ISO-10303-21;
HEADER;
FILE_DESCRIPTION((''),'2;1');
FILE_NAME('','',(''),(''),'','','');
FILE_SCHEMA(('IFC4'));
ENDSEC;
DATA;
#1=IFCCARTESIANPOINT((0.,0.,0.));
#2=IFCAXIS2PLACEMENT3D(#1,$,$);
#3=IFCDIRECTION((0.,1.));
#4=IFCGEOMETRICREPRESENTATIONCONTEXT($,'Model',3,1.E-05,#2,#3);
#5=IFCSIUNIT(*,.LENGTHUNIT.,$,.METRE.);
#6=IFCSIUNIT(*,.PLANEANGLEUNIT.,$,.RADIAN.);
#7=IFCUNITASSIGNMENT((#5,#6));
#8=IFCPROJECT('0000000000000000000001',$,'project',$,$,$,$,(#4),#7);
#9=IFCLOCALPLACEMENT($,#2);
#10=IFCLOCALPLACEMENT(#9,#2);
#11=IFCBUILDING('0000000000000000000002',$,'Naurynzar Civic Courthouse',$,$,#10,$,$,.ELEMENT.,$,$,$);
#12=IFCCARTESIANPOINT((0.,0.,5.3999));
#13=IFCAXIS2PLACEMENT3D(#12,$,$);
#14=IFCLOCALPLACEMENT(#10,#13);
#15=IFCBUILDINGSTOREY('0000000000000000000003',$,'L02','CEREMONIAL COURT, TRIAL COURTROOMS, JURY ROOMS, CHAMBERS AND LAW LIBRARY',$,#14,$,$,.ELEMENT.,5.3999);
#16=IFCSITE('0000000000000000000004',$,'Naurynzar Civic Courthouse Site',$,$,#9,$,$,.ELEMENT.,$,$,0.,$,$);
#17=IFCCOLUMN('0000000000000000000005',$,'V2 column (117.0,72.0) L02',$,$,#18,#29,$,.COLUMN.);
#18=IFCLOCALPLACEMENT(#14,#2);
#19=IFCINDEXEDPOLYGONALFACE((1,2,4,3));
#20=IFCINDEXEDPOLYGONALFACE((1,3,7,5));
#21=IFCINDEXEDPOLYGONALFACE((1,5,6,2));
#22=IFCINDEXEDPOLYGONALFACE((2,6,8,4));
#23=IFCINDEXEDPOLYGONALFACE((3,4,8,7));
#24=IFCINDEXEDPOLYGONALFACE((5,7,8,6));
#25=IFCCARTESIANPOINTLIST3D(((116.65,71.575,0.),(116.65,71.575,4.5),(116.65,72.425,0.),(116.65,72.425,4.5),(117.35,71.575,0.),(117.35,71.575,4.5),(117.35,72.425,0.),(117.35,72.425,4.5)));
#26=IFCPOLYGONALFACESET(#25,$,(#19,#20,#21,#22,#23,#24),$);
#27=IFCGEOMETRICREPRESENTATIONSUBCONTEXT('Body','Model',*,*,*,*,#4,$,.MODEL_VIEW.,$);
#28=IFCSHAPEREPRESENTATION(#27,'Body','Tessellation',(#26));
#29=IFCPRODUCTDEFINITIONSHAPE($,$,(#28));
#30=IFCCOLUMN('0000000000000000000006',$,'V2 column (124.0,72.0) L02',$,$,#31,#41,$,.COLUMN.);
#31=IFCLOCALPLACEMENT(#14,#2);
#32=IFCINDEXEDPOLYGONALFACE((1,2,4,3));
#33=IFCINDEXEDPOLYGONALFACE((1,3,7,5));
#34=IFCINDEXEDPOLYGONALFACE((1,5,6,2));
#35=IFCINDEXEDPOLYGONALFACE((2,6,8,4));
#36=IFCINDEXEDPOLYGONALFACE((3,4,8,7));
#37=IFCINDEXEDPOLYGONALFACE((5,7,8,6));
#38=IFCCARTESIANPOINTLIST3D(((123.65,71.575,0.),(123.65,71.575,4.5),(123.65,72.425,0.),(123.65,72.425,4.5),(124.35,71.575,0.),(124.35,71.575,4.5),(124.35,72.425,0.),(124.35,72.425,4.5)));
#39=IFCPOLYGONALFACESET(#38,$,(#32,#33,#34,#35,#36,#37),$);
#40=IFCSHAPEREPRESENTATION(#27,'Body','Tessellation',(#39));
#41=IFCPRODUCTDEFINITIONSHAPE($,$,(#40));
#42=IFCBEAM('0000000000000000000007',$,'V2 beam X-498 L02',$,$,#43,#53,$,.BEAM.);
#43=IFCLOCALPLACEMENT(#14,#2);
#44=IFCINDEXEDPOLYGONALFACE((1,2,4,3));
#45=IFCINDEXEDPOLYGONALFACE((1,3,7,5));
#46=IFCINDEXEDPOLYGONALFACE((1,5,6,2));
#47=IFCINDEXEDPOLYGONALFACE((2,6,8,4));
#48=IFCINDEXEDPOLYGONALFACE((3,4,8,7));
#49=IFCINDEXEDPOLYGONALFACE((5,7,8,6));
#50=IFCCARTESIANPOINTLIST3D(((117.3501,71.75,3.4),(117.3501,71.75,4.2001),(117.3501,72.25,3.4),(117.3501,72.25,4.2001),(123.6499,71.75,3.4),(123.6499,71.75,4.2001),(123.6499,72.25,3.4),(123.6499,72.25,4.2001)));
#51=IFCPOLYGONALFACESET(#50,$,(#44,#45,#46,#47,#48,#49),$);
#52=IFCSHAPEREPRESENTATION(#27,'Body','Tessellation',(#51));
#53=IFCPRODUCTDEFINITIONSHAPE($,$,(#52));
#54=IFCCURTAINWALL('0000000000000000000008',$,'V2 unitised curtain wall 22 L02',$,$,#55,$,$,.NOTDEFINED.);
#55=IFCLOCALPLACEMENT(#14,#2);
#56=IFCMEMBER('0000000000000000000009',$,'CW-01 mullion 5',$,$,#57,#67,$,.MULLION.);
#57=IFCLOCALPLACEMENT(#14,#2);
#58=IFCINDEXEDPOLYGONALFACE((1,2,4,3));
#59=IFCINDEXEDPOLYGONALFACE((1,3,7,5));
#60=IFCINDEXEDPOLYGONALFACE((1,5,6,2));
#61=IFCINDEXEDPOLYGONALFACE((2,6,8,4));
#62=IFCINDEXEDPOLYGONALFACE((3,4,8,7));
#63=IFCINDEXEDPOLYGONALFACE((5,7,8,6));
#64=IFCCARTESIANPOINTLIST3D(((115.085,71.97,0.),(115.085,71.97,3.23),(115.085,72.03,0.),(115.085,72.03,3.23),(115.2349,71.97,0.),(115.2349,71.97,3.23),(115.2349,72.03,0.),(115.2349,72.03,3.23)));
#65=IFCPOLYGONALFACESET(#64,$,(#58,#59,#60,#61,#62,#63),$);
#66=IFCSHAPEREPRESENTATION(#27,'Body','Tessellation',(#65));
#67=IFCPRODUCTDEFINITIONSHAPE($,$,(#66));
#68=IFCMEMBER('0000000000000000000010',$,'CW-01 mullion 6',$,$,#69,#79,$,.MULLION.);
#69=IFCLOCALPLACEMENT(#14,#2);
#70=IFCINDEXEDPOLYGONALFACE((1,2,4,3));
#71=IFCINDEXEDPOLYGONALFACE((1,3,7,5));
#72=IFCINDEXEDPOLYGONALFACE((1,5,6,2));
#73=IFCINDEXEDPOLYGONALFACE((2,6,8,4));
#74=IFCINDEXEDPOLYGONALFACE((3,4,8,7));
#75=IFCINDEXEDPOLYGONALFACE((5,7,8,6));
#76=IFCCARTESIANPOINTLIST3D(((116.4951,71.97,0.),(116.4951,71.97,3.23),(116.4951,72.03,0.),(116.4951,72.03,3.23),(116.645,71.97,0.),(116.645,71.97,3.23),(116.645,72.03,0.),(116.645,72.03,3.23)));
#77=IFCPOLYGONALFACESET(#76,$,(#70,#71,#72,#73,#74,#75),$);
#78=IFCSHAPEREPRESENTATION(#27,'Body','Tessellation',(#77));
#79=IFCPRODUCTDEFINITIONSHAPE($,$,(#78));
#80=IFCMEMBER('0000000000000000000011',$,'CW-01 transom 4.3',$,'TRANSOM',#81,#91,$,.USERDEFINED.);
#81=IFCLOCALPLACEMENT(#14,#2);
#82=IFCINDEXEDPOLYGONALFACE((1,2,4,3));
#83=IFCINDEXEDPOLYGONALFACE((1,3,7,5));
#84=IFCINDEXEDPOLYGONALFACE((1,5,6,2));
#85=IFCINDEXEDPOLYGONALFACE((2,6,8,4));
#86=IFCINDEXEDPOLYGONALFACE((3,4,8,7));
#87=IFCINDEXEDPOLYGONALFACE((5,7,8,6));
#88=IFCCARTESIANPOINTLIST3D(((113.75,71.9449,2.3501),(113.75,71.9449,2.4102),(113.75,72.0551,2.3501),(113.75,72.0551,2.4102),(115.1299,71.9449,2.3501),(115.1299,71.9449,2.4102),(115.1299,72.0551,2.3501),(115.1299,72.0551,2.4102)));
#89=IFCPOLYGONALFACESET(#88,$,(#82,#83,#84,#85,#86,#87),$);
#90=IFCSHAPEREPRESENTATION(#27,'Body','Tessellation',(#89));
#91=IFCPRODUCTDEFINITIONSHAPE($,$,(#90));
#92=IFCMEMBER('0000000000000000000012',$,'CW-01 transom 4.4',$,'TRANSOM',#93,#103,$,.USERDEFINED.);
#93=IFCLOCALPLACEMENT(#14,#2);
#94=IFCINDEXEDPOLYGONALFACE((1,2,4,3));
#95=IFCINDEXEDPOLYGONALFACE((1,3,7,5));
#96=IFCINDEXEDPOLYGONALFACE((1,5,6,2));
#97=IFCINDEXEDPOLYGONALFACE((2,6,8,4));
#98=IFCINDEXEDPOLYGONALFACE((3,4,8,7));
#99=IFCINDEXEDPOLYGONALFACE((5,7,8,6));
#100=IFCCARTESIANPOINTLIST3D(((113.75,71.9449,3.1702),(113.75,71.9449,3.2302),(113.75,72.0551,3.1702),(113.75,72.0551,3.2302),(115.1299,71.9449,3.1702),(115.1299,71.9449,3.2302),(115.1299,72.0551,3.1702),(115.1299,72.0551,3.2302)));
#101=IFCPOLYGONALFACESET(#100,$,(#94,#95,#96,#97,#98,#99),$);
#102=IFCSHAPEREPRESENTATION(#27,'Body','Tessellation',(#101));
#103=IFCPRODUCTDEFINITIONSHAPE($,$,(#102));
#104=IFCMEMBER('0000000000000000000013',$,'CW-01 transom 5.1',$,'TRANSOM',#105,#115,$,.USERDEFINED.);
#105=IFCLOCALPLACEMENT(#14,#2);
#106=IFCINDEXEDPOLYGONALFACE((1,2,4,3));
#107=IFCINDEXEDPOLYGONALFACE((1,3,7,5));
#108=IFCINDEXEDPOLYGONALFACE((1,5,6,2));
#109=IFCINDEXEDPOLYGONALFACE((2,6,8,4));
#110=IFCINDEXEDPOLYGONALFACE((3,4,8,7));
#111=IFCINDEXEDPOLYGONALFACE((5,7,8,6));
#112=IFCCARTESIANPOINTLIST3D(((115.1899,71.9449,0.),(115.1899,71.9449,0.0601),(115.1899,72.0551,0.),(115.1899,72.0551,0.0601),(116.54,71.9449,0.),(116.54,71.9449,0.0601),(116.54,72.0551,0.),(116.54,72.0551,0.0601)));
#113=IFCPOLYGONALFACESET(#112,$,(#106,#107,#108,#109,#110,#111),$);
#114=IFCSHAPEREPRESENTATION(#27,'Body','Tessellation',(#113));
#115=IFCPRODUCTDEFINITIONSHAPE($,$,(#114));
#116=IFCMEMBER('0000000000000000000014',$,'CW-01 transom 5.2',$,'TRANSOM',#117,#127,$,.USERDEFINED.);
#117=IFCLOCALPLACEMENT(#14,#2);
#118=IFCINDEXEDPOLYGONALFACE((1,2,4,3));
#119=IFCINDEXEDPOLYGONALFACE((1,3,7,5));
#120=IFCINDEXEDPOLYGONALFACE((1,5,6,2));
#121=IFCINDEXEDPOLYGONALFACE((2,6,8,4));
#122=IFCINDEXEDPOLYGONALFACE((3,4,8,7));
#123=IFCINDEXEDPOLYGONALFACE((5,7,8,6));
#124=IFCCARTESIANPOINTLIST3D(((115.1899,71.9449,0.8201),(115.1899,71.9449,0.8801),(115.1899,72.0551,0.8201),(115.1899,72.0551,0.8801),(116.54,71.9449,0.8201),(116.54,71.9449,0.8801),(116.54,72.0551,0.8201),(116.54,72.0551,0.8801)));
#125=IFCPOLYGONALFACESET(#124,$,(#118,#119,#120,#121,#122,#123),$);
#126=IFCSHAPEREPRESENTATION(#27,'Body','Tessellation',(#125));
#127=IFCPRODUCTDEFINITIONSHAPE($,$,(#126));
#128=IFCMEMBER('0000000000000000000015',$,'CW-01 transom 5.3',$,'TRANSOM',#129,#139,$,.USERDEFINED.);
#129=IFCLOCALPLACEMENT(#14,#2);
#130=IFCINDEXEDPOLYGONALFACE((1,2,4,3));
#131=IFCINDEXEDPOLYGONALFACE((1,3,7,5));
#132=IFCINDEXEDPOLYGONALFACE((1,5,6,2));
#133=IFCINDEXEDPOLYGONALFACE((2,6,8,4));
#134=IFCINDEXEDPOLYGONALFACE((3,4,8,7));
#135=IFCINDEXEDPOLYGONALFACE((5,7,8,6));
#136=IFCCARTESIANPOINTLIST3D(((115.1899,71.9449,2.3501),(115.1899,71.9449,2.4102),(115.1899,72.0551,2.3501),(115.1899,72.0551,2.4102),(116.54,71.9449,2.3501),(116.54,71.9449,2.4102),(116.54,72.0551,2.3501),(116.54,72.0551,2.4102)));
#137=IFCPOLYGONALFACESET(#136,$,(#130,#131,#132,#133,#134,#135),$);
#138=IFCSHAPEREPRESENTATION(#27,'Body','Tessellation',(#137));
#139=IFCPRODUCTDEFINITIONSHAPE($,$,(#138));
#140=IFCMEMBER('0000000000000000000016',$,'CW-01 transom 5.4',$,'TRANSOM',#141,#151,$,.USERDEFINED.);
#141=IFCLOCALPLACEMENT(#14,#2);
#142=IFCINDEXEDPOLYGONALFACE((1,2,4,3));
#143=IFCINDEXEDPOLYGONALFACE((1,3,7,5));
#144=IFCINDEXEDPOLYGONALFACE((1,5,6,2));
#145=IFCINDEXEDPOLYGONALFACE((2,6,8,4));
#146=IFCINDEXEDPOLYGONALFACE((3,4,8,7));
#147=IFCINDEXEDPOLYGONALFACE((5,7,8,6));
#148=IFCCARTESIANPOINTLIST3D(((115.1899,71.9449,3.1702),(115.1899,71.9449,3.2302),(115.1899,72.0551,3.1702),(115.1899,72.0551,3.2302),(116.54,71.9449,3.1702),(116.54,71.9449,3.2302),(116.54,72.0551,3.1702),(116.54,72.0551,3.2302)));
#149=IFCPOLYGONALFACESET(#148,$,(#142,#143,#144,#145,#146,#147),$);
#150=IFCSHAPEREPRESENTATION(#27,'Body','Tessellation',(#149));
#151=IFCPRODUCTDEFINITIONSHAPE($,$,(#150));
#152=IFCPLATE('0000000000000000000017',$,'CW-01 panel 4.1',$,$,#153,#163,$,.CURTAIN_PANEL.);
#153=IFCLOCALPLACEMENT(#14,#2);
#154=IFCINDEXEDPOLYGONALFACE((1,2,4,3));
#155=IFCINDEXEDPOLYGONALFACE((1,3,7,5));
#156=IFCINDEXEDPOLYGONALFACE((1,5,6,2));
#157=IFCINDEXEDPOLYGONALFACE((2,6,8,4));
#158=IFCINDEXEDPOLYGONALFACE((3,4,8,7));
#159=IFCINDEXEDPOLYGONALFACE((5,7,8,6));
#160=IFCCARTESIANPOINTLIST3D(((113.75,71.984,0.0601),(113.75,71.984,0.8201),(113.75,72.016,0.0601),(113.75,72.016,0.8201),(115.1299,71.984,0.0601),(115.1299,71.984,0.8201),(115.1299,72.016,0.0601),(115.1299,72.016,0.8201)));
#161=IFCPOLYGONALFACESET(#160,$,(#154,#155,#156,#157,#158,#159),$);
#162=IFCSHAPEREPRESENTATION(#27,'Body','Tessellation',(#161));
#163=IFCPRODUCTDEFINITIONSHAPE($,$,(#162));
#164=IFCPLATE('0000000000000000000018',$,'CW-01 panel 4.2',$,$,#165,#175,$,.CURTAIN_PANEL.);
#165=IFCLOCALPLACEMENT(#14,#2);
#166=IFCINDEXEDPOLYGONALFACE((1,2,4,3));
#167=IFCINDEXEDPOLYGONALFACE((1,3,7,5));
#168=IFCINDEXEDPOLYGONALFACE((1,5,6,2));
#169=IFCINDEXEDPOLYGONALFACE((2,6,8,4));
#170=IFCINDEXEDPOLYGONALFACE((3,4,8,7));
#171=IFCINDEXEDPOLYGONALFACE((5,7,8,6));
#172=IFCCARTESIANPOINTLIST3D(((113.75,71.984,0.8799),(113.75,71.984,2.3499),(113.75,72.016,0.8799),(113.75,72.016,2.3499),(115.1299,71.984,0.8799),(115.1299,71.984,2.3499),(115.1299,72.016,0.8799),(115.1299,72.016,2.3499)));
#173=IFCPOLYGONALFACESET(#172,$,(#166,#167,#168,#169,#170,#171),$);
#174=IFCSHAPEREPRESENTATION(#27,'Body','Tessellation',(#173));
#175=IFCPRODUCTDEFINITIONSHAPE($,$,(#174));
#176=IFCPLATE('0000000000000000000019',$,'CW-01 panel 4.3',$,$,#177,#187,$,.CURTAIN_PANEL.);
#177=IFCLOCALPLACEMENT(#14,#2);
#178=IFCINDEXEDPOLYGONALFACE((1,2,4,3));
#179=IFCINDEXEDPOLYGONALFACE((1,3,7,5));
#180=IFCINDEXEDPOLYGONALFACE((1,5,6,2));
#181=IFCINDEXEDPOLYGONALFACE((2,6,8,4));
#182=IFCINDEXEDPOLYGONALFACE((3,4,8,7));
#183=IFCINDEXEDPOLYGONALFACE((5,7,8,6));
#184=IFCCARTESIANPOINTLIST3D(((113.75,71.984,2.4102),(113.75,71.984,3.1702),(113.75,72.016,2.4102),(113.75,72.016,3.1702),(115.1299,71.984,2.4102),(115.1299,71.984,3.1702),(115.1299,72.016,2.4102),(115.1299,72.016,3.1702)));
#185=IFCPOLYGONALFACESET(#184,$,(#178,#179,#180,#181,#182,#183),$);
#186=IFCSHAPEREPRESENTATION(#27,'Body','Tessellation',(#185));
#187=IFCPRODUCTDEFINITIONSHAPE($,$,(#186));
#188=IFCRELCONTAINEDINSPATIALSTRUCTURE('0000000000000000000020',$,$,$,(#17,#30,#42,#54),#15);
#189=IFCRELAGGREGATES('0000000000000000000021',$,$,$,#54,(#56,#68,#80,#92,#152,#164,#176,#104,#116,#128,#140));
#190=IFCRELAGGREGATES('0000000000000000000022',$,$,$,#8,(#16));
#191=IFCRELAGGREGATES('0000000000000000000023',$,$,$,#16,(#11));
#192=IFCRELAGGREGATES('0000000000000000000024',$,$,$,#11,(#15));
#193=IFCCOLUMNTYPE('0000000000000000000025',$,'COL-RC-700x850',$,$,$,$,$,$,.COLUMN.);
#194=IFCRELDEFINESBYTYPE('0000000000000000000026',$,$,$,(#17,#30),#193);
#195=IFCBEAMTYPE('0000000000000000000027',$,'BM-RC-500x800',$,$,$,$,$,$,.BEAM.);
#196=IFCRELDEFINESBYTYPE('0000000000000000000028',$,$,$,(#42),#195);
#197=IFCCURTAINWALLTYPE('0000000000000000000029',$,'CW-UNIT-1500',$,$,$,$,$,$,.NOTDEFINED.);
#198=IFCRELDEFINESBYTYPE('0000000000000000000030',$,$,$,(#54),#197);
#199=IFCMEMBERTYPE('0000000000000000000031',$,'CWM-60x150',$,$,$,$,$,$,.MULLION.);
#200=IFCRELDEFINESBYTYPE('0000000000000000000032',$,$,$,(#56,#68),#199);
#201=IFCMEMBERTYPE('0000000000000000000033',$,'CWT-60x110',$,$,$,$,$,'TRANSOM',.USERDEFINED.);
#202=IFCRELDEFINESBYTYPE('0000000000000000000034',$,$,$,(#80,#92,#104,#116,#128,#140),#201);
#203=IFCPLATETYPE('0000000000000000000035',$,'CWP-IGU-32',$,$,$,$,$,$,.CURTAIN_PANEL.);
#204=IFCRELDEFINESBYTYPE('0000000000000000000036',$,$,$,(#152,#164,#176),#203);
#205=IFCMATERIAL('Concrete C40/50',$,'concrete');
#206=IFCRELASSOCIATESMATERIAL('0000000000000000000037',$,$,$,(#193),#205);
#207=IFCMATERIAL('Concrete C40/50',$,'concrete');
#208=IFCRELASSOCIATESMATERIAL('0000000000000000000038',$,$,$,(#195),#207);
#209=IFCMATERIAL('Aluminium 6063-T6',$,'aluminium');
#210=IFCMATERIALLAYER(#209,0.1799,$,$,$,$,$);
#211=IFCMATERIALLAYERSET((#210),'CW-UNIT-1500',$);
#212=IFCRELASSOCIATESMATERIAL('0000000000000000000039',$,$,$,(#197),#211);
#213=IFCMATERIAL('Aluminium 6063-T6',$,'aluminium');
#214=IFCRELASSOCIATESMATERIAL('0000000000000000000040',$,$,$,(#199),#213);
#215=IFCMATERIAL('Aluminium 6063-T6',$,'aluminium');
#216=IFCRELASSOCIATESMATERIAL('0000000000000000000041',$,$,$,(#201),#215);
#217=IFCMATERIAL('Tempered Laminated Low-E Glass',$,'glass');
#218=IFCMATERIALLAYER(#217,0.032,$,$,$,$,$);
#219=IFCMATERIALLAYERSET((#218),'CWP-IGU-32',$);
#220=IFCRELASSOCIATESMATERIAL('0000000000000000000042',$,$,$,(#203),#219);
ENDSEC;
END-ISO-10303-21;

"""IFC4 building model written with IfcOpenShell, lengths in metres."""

from ifc_helpers import new_model, si_unit, direction, frame, origin, origin_2d, place, context, subcontext, project, spatial, rectangle, extrude, material, layer, layer_set, material_profile, profile_set, type_object, element, aggregate, save


model = new_model("IFC4")

# Units and contexts
model_context = context("Model", 3, precision=1e-05, world=origin(), true_north=direction((0.0, 1.0)))
body_context = subcontext(model_context, "Body", "Model", "MODEL_VIEW")
ifc_project = project(units=[si_unit("LENGTHUNIT", "METRE"), si_unit("PLANEANGLEUNIT", "RADIAN")], contexts=[model_context])

# Site, building, storey
site_placement = place(None, origin())
site = spatial("IfcSite", under=ifc_project, at=site_placement, Name="Naurynzar Civic Courthouse Site", CompositionType="ELEMENT", RefElevation=0.0)
building_placement = place(site_placement, origin())
building = spatial("IfcBuilding", under=site, at=building_placement, Name="Naurynzar Civic Courthouse", CompositionType="ELEMENT")
storey_placement = place(building_placement, frame((0.0, 0.0, 5.3999)))
storey = spatial("IfcBuildingStorey", under=building, at=storey_placement, Name="L02", Description="CEREMONIAL COURT, TRIAL COURTROOMS, JURY ROOMS, CHAMBERS AND LAW LIBRARY", CompositionType="ELEMENT", Elevation=5.3999)

# Columns
ifc_material_1 = material(Name="Concrete C40/50", Category="concrete")
ifc_material_profile_1 = material_profile(ifc_material_1, rectangle(XDim=0.7, YDim=0.8501, at=origin_2d()), Name="RC 700x850")
ifc_profile_set_1 = profile_set([ifc_material_profile_1], Name="Concrete C40/50")
column_type = type_object("IfcColumnType", Name="COL-RC-700x850", PredefinedType="COLUMN", material=ifc_profile_set_1)
for number, where, z_axis, x_axis, name in (
    (1, (117.0, 72.0, 0.0), (0.0, 0.0, 1.0), (1.0, 0.0, 0.0), "V2 column (117.0,72.0) L02"),
    (2, (124.0, 72.0, 0.0), (0.0, 0.0, 1.0), (1.0, 0.0, 0.0), "V2 column (124.0,72.0) L02"),
):
    element("IfcColumn", number, at=place(storey_placement, frame(where, z_axis=z_axis, x_axis=x_axis)), inside=storey, type_object=column_type, Name=name, PredefinedType="COLUMN", context=body_context, shape_type="SweptSolid", body=[
        extrude(rectangle(XDim=0.7, YDim=0.8501, at=origin_2d()), origin(), (0.0, 0.0, 1.0), 4.5),
    ])

# Beam
ifc_material_2 = material(Name="Concrete C40/50", Category="concrete")
ifc_material_profile_2 = material_profile(ifc_material_2, rectangle(XDim=0.5, YDim=0.8, at=origin_2d()), Name="RCB 500x800")
ifc_profile_set_2 = profile_set([ifc_material_profile_2], Name="Concrete C40/50")
beam_type = type_object("IfcBeamType", Name="BM-RC-500x800", PredefinedType="BEAM", material=ifc_profile_set_2)
beam_placement = place(storey_placement, frame((117.3501, 72.0, 3.8), z_axis=(1.0, 0.0, 0.0), x_axis=(0.0, 1.0, 0.0)))
element("IfcBeam", 3, at=beam_placement, inside=storey, type_object=beam_type, Name="V2 beam X-498 L02", PredefinedType="BEAM", context=body_context, shape_type="SweptSolid", body=[
    extrude(rectangle(XDim=0.5, YDim=0.8, at=origin_2d()), origin(), (0.0, 0.0, 1.0), 6.2998),
])

# Curtain wall, members, plates
ifc_material_3 = material(Name="Aluminium 6063-T6", Category="aluminium")
ifc_layer_1 = layer(ifc_material_3, 0.1799)
ifc_layer_set_1 = layer_set([ifc_layer_1], Name="CW-UNIT-1500")
curtain_wall_type = type_object("IfcCurtainWallType", Name="CW-UNIT-1500", PredefinedType="NOTDEFINED", material=ifc_layer_set_1)
curtain_wall_placement = place(storey_placement, origin())
curtain_wall = element("IfcCurtainWall", 4, at=curtain_wall_placement, inside=storey, type_object=curtain_wall_type, Name="V2 unitised curtain wall 22 L02", PredefinedType="NOTDEFINED")
ifc_material_4 = material(Name="Aluminium 6063-T6", Category="aluminium")
ifc_material_profile_3 = material_profile(ifc_material_4, rectangle(XDim=0.0601, YDim=0.1499, at=origin_2d()), Name="ALU MULLION 60x150")
ifc_profile_set_3 = profile_set([ifc_material_profile_3], Name="Aluminium 6063-T6")
member_type_1 = type_object("IfcMemberType", Name="CWM-60x150", PredefinedType="MULLION", material=ifc_profile_set_3)
member_1_placement = place(storey_placement, frame((115.1599, 72.0, 0.0), z_axis=(0.0, 0.0, 1.0), x_axis=(0.0, 1.0, 0.0)))
member_1 = element("IfcMember", 5, at=member_1_placement, type_object=member_type_1, Name="CW-01 mullion 5", PredefinedType="MULLION", context=body_context, shape_type="SweptSolid", body=[
    extrude(rectangle(XDim=0.0601, YDim=0.1499, at=origin_2d()), origin(), (0.0, 0.0, 1.0), 3.23),
])
member_2_placement = place(storey_placement, frame((116.5701, 72.0, 0.0), z_axis=(0.0, 0.0, 1.0), x_axis=(0.0, 1.0, 0.0)))
member_2 = element("IfcMember", 6, at=member_2_placement, type_object=member_type_1, Name="CW-01 mullion 6", PredefinedType="MULLION", context=body_context, shape_type="SweptSolid", body=[
    extrude(rectangle(XDim=0.0601, YDim=0.1499, at=origin_2d()), origin(), (0.0, 0.0, 1.0), 3.23),
])
ifc_material_5 = material(Name="Aluminium 6063-T6", Category="aluminium")
ifc_material_profile_4 = material_profile(ifc_material_5, rectangle(XDim=0.1101, YDim=0.0601, at=origin_2d()), Name="ALU TRANSOM 60x110")
ifc_profile_set_4 = profile_set([ifc_material_profile_4], Name="Aluminium 6063-T6")
member_type_2 = type_object("IfcMemberType", Name="CWT-60x110", ElementType="TRANSOM", PredefinedType="USERDEFINED", material=ifc_profile_set_4)
member_3_placement = place(storey_placement, frame((113.75, 72.0, 2.3801), z_axis=(1.0, 0.0, 0.0), x_axis=(0.0, 1.0, 0.0)))
member_3 = element("IfcMember", 7, at=member_3_placement, type_object=member_type_2, Name="CW-01 transom 4.3", ObjectType="TRANSOM", PredefinedType="USERDEFINED", context=body_context, shape_type="SweptSolid", body=[
    extrude(rectangle(XDim=0.1101, YDim=0.0601, at=origin_2d()), origin(), (0.0, 0.0, 1.0), 1.3799),
])
member_4_placement = place(storey_placement, frame((113.75, 72.0, 3.2002), z_axis=(1.0, 0.0, 0.0), x_axis=(0.0, 1.0, 0.0)))
member_4 = element("IfcMember", 8, at=member_4_placement, type_object=member_type_2, Name="CW-01 transom 4.4", ObjectType="TRANSOM", PredefinedType="USERDEFINED", context=body_context, shape_type="SweptSolid", body=[
    extrude(rectangle(XDim=0.1101, YDim=0.0601, at=origin_2d()), origin(), (0.0, 0.0, 1.0), 1.3799),
])
member_5_placement = place(storey_placement, frame((115.1899, 72.0, 0.03), z_axis=(1.0, 0.0, 0.0), x_axis=(0.0, 1.0, 0.0)))
member_5 = element("IfcMember", 9, at=member_5_placement, type_object=member_type_2, Name="CW-01 transom 5.1", ObjectType="TRANSOM", PredefinedType="USERDEFINED", context=body_context, shape_type="SweptSolid", body=[
    extrude(rectangle(XDim=0.1101, YDim=0.0601, at=origin_2d()), origin(), (0.0, 0.0, 1.0), 1.3501),
])
member_6_placement = place(storey_placement, frame((115.1899, 72.0, 0.8501), z_axis=(1.0, 0.0, 0.0), x_axis=(0.0, 1.0, 0.0)))
member_6 = element("IfcMember", 10, at=member_6_placement, type_object=member_type_2, Name="CW-01 transom 5.2", ObjectType="TRANSOM", PredefinedType="USERDEFINED", context=body_context, shape_type="SweptSolid", body=[
    extrude(rectangle(XDim=0.1101, YDim=0.0601, at=origin_2d()), origin(), (0.0, 0.0, 1.0), 1.3501),
])
member_7_placement = place(storey_placement, frame((115.1899, 72.0, 2.3801), z_axis=(1.0, 0.0, 0.0), x_axis=(0.0, 1.0, 0.0)))
member_7 = element("IfcMember", 11, at=member_7_placement, type_object=member_type_2, Name="CW-01 transom 5.3", ObjectType="TRANSOM", PredefinedType="USERDEFINED", context=body_context, shape_type="SweptSolid", body=[
    extrude(rectangle(XDim=0.1101, YDim=0.0601, at=origin_2d()), origin(), (0.0, 0.0, 1.0), 1.3501),
])
member_8_placement = place(storey_placement, frame((115.1899, 72.0, 3.2002), z_axis=(1.0, 0.0, 0.0), x_axis=(0.0, 1.0, 0.0)))
member_8 = element("IfcMember", 12, at=member_8_placement, type_object=member_type_2, Name="CW-01 transom 5.4", ObjectType="TRANSOM", PredefinedType="USERDEFINED", context=body_context, shape_type="SweptSolid", body=[
    extrude(rectangle(XDim=0.1101, YDim=0.0601, at=origin_2d()), origin(), (0.0, 0.0, 1.0), 1.3501),
])
ifc_material_6 = material(Name="Tempered Laminated Low-E Glass", Category="glass")
ifc_layer_2 = layer(ifc_material_6, 0.032)
ifc_layer_set_2 = layer_set([ifc_layer_2], Name="CWP-IGU-32")
plate_type = type_object("IfcPlateType", Name="CWP-IGU-32", PredefinedType="CURTAIN_PANEL", material=ifc_layer_set_2)
plate_1_placement = place(storey_placement, frame((114.4399, 72.0, 0.0601), z_axis=(0.0, 0.0, 1.0), x_axis=(1.0, 0.0, 0.0)))
plate_1 = element("IfcPlate", 13, at=plate_1_placement, type_object=plate_type, Name="CW-01 panel 4.1", PredefinedType="CURTAIN_PANEL", context=body_context, shape_type="SweptSolid", body=[
    extrude(rectangle(XDim=1.3799, YDim=0.032, at=origin_2d()), origin(), (0.0, 0.0, 1.0), 0.76),
])
plate_2_placement = place(storey_placement, frame((114.4399, 72.0, 0.8799), z_axis=(0.0, 0.0, 1.0), x_axis=(1.0, 0.0, 0.0)))
plate_2 = element("IfcPlate", 14, at=plate_2_placement, type_object=plate_type, Name="CW-01 panel 4.2", PredefinedType="CURTAIN_PANEL", context=body_context, shape_type="SweptSolid", body=[
    extrude(rectangle(XDim=1.3799, YDim=0.032, at=origin_2d()), origin(), (0.0, 0.0, 1.0), 1.47),
])
plate_3_placement = place(storey_placement, frame((114.4399, 72.0, 2.4102), z_axis=(0.0, 0.0, 1.0), x_axis=(1.0, 0.0, 0.0)))
plate_3 = element("IfcPlate", 15, at=plate_3_placement, type_object=plate_type, Name="CW-01 panel 4.3", PredefinedType="CURTAIN_PANEL", context=body_context, shape_type="SweptSolid", body=[
    extrude(rectangle(XDim=1.3799, YDim=0.032, at=origin_2d()), origin(), (0.0, 0.0, 1.0), 0.76),
])
aggregate(curtain_wall, [member_1, member_2, member_3, member_4, plate_1, plate_2, plate_3, member_5, member_6, member_7, member_8])

save(model, "model.ifc")
